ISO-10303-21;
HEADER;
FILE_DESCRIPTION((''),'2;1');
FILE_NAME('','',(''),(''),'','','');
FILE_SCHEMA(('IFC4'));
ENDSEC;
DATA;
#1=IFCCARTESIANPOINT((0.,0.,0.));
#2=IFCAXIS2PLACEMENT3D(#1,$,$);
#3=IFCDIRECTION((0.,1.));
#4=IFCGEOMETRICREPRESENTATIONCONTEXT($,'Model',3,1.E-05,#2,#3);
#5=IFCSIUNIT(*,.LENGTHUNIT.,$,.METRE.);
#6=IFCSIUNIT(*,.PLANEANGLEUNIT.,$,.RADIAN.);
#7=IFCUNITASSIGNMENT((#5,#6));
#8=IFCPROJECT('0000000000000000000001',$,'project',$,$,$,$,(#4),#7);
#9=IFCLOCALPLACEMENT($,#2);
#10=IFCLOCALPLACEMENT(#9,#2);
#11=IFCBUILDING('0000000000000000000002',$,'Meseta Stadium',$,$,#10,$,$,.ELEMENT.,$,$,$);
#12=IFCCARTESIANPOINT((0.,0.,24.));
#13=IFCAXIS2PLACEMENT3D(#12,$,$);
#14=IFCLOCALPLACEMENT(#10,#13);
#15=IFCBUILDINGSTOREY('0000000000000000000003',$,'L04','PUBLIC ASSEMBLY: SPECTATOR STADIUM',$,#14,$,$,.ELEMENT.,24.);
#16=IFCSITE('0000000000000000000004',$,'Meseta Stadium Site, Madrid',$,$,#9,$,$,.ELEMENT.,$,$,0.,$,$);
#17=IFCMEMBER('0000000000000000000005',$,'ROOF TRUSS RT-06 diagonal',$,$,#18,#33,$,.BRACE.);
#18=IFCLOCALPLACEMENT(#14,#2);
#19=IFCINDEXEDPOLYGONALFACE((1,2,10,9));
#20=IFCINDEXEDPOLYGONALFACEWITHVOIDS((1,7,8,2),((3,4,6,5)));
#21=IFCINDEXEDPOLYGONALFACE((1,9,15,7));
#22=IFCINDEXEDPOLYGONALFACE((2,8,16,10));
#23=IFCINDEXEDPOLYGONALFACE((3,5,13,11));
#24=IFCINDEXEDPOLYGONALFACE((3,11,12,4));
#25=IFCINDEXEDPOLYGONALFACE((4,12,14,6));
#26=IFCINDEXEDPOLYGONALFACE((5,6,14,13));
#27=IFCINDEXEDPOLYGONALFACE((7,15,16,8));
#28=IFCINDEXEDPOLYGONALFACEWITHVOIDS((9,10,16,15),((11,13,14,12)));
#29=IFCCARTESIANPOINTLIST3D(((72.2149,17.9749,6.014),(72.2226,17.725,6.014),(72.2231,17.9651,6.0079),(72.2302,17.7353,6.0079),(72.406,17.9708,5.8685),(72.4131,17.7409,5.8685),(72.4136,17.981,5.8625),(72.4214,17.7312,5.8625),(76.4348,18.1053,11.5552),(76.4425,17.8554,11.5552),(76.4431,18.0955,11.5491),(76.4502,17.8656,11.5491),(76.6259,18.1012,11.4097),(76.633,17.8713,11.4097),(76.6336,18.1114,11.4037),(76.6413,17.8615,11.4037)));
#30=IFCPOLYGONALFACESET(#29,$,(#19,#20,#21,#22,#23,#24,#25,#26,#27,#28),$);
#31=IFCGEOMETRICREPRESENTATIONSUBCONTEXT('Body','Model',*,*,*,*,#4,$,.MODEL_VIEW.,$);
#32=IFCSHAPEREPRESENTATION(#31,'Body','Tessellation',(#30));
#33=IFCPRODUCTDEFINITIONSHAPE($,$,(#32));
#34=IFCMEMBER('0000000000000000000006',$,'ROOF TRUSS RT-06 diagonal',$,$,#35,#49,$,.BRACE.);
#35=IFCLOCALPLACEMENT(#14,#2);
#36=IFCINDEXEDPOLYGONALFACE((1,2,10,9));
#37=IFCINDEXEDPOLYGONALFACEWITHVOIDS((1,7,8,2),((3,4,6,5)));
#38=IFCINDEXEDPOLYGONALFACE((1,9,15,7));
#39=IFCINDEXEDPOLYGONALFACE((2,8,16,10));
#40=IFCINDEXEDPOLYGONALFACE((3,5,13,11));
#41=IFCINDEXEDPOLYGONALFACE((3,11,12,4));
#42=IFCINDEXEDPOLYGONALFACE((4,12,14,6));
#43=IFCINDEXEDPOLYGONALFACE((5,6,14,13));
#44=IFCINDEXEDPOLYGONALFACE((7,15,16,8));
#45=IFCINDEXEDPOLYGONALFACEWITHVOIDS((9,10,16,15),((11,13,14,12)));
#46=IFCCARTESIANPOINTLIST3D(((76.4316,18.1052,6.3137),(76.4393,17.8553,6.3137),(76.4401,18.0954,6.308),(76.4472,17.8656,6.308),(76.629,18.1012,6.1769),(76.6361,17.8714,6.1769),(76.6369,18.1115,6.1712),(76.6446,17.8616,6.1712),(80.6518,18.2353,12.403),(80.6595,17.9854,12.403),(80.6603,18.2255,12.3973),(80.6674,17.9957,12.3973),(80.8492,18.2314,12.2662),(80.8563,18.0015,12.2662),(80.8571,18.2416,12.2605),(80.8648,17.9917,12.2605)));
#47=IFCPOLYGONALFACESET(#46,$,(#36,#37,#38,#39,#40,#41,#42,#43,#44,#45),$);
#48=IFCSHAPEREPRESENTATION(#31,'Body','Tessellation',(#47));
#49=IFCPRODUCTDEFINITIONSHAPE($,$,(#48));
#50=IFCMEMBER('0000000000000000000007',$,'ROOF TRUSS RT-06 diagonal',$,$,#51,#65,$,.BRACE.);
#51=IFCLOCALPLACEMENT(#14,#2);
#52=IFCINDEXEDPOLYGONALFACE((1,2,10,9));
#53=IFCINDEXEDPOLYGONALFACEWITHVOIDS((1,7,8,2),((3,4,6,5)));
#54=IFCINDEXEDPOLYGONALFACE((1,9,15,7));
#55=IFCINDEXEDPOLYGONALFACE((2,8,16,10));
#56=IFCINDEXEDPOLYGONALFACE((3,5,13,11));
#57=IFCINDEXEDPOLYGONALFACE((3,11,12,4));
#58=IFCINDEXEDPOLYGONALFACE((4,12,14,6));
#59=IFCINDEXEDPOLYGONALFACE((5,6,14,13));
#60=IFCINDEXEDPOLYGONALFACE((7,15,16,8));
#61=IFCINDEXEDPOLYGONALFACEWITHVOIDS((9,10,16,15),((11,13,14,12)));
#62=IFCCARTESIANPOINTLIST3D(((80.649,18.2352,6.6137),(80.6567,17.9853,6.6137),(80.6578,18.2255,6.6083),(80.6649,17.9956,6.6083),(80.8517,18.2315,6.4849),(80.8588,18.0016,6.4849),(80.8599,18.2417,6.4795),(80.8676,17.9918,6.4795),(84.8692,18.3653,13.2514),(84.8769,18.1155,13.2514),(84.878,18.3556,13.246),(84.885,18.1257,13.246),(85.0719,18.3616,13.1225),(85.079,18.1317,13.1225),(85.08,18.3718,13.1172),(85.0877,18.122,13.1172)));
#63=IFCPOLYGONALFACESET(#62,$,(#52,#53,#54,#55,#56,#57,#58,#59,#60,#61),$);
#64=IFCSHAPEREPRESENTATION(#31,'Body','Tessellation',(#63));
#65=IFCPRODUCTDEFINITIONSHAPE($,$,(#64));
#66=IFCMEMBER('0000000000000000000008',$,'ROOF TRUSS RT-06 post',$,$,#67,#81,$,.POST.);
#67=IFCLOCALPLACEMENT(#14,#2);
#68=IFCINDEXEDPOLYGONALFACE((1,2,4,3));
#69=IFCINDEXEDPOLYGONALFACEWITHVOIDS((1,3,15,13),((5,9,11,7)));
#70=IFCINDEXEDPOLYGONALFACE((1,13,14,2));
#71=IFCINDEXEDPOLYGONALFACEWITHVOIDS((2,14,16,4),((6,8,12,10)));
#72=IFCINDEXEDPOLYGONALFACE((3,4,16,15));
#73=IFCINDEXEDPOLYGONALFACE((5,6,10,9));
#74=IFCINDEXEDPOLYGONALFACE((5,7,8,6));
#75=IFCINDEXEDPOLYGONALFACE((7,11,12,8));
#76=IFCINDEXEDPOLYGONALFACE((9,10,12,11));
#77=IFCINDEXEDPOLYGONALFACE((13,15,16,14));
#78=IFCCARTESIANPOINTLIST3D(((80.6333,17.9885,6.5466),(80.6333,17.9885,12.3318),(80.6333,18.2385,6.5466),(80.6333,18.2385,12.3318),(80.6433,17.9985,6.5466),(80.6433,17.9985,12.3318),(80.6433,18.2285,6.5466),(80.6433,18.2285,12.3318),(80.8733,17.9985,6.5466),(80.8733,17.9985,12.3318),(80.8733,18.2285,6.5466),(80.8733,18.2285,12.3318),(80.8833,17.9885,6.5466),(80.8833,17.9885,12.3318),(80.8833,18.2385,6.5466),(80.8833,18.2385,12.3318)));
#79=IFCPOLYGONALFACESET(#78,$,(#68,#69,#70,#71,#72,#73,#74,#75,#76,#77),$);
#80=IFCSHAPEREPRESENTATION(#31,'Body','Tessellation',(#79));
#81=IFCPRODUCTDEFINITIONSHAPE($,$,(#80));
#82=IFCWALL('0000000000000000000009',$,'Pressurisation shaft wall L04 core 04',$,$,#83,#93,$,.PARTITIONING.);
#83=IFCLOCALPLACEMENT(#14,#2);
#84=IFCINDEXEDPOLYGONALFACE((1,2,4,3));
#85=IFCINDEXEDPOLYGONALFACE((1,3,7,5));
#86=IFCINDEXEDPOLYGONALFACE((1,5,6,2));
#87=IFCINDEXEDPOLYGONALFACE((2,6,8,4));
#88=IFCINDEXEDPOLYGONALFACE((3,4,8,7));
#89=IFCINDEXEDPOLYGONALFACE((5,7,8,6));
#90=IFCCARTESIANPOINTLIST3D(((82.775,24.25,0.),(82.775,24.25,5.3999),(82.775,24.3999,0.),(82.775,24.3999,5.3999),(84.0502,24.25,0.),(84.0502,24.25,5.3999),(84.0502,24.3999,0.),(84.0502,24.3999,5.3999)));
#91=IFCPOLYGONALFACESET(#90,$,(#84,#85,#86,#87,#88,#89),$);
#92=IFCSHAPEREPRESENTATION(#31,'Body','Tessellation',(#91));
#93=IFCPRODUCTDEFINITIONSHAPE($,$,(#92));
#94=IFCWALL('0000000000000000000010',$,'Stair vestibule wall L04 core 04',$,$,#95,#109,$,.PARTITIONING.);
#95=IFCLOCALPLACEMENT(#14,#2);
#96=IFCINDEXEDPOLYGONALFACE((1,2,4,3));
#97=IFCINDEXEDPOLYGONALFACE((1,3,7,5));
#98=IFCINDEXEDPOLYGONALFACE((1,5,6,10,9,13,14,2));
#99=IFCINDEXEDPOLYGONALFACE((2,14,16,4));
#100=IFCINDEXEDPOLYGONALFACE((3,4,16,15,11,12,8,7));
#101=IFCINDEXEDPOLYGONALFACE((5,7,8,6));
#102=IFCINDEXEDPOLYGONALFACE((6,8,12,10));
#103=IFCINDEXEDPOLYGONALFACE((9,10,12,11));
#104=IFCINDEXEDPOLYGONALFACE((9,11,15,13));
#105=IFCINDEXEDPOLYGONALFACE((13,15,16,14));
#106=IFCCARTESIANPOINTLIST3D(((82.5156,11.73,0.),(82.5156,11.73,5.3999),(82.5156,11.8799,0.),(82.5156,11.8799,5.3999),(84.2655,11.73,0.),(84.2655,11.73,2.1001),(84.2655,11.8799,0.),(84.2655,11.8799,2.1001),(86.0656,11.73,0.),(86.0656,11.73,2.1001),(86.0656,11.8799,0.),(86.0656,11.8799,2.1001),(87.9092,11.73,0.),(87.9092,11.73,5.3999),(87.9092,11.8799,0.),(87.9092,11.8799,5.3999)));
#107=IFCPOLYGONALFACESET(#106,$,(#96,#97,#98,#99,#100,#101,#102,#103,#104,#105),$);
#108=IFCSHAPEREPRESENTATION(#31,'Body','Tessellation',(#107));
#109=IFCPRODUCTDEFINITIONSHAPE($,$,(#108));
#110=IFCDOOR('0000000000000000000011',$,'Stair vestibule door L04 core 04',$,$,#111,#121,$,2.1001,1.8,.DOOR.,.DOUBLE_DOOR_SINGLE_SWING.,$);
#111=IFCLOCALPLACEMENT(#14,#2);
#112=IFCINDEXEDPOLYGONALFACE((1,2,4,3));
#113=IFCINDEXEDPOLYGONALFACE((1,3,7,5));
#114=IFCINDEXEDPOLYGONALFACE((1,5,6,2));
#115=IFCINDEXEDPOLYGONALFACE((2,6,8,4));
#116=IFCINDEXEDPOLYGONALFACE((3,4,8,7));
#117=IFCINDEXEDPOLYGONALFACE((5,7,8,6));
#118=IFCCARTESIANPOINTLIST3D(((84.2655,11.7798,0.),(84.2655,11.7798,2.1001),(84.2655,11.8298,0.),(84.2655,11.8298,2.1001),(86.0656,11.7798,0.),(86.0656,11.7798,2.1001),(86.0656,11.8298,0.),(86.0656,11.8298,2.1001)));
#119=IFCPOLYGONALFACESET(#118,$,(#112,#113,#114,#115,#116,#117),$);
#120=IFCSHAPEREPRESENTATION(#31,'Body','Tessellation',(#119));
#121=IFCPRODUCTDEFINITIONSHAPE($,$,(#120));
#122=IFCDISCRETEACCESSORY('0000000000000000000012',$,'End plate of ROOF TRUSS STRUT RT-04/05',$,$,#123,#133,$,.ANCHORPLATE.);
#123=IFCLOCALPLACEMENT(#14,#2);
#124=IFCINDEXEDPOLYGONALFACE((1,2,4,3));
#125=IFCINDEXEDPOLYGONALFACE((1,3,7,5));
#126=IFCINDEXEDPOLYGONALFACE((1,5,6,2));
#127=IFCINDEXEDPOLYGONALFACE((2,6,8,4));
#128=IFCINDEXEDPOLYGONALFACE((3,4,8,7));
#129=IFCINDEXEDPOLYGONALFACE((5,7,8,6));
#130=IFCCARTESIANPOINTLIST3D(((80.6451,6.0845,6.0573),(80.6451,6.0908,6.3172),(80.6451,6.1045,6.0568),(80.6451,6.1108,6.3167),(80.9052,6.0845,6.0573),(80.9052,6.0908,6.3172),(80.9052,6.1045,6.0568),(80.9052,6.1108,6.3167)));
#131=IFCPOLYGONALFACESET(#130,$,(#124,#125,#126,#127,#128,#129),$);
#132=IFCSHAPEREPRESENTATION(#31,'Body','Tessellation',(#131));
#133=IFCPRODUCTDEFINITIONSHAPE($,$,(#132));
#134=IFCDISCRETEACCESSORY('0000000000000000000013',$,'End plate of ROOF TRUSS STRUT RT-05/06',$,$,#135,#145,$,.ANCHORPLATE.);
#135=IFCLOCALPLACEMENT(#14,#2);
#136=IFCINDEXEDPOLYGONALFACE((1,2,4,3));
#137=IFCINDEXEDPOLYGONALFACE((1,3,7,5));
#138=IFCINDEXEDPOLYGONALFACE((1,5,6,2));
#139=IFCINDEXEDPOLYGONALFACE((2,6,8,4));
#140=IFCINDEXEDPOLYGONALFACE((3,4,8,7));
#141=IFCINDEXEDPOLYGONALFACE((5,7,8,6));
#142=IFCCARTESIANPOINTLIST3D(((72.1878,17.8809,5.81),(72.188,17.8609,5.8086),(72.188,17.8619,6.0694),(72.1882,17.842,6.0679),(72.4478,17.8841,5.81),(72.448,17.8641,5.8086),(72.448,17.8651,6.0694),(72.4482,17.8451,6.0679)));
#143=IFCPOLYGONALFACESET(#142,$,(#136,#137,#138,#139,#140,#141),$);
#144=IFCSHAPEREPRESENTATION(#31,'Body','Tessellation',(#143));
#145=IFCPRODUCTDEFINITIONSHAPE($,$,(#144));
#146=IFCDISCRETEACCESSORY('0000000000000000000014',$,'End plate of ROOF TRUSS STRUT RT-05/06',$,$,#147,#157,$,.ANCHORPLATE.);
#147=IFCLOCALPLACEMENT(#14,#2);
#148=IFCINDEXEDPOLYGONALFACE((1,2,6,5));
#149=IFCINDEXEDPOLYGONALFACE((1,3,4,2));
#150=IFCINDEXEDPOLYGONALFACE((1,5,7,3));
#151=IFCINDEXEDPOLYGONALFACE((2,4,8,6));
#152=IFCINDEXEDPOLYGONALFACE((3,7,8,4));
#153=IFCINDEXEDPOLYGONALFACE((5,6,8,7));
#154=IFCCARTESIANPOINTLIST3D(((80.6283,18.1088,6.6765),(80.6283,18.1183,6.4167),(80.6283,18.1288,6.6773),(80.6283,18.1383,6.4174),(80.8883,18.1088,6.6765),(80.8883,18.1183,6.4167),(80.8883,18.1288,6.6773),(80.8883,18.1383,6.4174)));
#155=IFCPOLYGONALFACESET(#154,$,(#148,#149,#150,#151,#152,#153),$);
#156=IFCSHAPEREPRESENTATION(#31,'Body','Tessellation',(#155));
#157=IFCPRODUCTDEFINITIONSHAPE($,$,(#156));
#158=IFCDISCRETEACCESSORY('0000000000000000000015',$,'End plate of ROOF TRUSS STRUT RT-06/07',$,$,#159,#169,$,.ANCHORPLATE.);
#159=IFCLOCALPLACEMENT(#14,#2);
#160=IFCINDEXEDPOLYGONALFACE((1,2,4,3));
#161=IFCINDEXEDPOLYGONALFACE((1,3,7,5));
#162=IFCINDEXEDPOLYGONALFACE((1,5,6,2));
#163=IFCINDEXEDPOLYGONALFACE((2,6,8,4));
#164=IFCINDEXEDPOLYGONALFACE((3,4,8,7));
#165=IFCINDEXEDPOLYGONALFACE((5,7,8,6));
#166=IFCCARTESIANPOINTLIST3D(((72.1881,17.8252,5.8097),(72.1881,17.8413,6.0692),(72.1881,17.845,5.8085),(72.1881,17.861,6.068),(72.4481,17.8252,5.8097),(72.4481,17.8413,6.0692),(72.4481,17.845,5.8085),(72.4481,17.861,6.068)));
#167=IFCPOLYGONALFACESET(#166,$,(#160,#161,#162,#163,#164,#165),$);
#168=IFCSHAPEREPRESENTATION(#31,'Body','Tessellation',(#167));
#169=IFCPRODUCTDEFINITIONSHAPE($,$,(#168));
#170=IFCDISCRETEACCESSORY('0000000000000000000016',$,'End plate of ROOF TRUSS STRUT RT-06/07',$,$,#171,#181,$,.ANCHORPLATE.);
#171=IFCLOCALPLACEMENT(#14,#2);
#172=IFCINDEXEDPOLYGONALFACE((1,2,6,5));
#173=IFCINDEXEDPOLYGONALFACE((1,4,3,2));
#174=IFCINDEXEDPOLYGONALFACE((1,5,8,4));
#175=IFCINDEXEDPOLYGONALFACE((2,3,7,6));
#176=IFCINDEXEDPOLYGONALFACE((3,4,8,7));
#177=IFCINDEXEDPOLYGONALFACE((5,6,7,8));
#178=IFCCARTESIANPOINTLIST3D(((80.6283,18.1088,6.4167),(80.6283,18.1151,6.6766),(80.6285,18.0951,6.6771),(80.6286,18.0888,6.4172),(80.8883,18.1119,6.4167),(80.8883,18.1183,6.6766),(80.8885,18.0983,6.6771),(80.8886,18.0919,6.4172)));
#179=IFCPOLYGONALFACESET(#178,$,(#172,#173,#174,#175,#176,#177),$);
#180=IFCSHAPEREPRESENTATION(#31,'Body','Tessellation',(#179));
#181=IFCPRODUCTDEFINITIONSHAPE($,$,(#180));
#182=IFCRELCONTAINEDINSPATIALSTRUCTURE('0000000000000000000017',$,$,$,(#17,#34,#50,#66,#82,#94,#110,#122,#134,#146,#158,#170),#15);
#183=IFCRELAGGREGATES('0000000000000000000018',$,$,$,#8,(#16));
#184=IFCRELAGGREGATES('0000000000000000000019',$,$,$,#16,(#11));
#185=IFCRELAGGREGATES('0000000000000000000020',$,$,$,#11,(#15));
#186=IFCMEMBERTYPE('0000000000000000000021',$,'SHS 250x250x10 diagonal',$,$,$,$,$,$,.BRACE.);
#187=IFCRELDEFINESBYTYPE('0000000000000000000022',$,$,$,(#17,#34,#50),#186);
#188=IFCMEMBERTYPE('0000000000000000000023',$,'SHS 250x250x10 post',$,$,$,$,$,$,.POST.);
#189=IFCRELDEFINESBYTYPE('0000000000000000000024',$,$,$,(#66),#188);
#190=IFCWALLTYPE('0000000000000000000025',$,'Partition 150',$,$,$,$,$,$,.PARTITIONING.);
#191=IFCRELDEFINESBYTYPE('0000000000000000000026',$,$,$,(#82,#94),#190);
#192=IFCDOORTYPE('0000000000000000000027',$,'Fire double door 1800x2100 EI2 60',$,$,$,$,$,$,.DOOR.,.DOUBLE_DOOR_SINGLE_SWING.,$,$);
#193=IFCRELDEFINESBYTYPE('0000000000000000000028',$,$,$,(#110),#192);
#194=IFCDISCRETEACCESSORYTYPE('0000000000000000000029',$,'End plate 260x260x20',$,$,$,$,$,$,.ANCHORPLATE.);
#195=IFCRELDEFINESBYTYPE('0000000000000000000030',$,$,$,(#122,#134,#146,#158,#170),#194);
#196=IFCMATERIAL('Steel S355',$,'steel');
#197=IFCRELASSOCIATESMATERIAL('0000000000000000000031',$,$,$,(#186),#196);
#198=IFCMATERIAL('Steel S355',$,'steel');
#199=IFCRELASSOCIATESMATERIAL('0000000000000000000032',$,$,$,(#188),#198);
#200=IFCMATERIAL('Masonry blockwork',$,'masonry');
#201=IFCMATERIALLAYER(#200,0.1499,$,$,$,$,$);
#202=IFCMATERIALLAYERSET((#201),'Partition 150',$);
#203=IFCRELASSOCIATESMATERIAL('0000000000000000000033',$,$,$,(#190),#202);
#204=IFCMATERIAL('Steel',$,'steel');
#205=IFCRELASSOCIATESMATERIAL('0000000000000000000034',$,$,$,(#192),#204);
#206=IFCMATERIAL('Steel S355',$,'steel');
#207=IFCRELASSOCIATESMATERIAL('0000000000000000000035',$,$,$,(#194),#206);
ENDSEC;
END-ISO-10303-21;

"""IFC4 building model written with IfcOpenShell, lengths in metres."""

from ifc_helpers import new_model, si_unit, direction, frame, frame_2d, origin, origin_2d, place, context, subcontext, project, spatial, rectangle, hollow_rectangle, extrude, material, layer, layer_set, material_profile, profile_set, type_object, element, fill, save


model = new_model("IFC4")

# Units and contexts
model_context = context("Model", 3, precision=1e-05, world=origin(), true_north=direction((0.0, 1.0)))
body_context = subcontext(model_context, "Body", "Model", "MODEL_VIEW")
ifc_project = project(units=[si_unit("LENGTHUNIT", "METRE"), si_unit("PLANEANGLEUNIT", "RADIAN")], contexts=[model_context])

# Site, building, storey
site_placement = place(None, origin())
site = spatial("IfcSite", under=ifc_project, at=site_placement, Name="Meseta Stadium Site, Madrid", CompositionType="ELEMENT", RefElevation=0.0)
building_placement = place(site_placement, origin())
building = spatial("IfcBuilding", under=site, at=building_placement, Name="Meseta Stadium", CompositionType="ELEMENT")
storey_placement = place(building_placement, frame((0.0, 0.0, 24.0)))
storey = spatial("IfcBuildingStorey", under=building, at=storey_placement, Name="L04", Description="PUBLIC ASSEMBLY: SPECTATOR STADIUM", CompositionType="ELEMENT", Elevation=24.0)

# Members
ifc_material_1 = material(Name="Steel S355", Category="steel")
ifc_material_profile_1 = material_profile(ifc_material_1, hollow_rectangle(XDim=0.25, YDim=0.25, WallThickness=0.01, at=origin_2d()), Name="SHS 250x250x10")
ifc_profile_set_1 = profile_set([ifc_material_profile_1], Name="Steel S355")
member_type_1 = type_object("IfcMemberType", Name="SHS 250x250x10 diagonal", PredefinedType="BRACE", material=ifc_profile_set_1)
member_1_placement = place(storey_placement, frame((72.3181, 17.853, 5.9382), z_axis=(0.605761, 0.018714, 0.795427), x_axis=(-0.030879, 0.999523, 0.0)))
element("IfcMember", 1, at=member_1_placement, inside=storey, type_object=member_type_1, Name="ROOF TRUSS RT-06 diagonal", PredefinedType="BRACE", context=body_context, shape_type="SweptSolid", body=[
    extrude(hollow_rectangle(XDim=0.25, YDim=0.25, WallThickness=0.01, at=origin_2d()), origin(), (0.0, 0.0, 1.0), 6.9663),
])
member_2_placement = place(storey_placement, frame((76.5381, 17.9834, 6.2424), z_axis=(0.569533, 0.017561, 0.821781), x_axis=(-0.03082, 0.999525, 0.0)))
element("IfcMember", 2, at=member_2_placement, inside=storey, type_object=member_type_1, Name="ROOF TRUSS RT-06 diagonal", PredefinedType="BRACE", context=body_context, shape_type="SweptSolid", body=[
    extrude(hollow_rectangle(XDim=0.25, YDim=0.25, WallThickness=0.01, at=origin_2d()), origin(), (0.0, 0.0, 1.0), 7.4099),
])
member_3_placement = place(storey_placement, frame((80.7583, 18.1135, 6.5466), z_axis=(0.536461, 0.016541, 0.843763), x_axis=(-0.03082, 0.999525, 0.0)))
element("IfcMember", 3, at=member_3_placement, inside=storey, type_object=member_type_1, Name="ROOF TRUSS RT-06 diagonal", PredefinedType="BRACE", context=body_context, shape_type="SweptSolid", body=[
    extrude(hollow_rectangle(XDim=0.25, YDim=0.25, WallThickness=0.01, at=origin_2d()), origin(), (0.0, 0.0, 1.0), 7.8667),
])
ifc_material_2 = material(Name="Steel S355", Category="steel")
ifc_material_profile_2 = material_profile(ifc_material_2, hollow_rectangle(XDim=0.25, YDim=0.25, WallThickness=0.01, at=origin_2d()), Name="SHS 250x250x10")
ifc_profile_set_2 = profile_set([ifc_material_profile_2], Name="Steel S355")
member_type_2 = type_object("IfcMemberType", Name="SHS 250x250x10 post", PredefinedType="POST", material=ifc_profile_set_2)
member_4_placement = place(storey_placement, frame((80.7583, 18.1135, 6.5466), z_axis=(0.0, 0.0, 1.0), x_axis=(1.0, 0.0, 0.0)))
element("IfcMember", 4, at=member_4_placement, inside=storey, type_object=member_type_2, Name="ROOF TRUSS RT-06 post", PredefinedType="POST", context=body_context, shape_type="SweptSolid", body=[
    extrude(hollow_rectangle(XDim=0.25, YDim=0.25, WallThickness=0.01, at=origin_2d()), origin(), (0.0, 0.0, 1.0), 5.7852),
])

# Wall
ifc_material_3 = material(Name="Masonry blockwork", Category="masonry")
ifc_layer = layer(ifc_material_3, 0.1499)
ifc_layer_set = layer_set([ifc_layer], Name="Partition 150")
wall_type = type_object("IfcWallType", Name="Partition 150", PredefinedType="PARTITIONING", material=ifc_layer_set)
wall_1_placement = place(storey_placement, frame((82.7749, 24.325, 0.0), z_axis=(0.0, 0.0, 1.0), x_axis=(1.0, 0.0, 0.0)))
element("IfcWall", 5, at=wall_1_placement, inside=storey, type_object=wall_type, Name="Pressurisation shaft wall L04 core 04", PredefinedType="PARTITIONING", context=body_context, shape_type="SweptSolid", body=[
    extrude(rectangle(XDim=1.2751, YDim=0.1499, at=frame_2d((0.6377, 0.0))), origin(), (0.0, 0.0, 1.0), 5.3999),
])

# Wall, opening, door
wall_2_placement = place(storey_placement, frame((82.5156, 11.8049, 0.0), z_axis=(0.0, 0.0, 1.0), x_axis=(1.0, 0.0, 0.0)))
wall_2 = element("IfcWall", 6, at=wall_2_placement, inside=storey, type_object=wall_type, Name="Stair vestibule wall L04 core 04", PredefinedType="PARTITIONING", context=body_context, shape_type="SweptSolid", body=[
    extrude(rectangle(XDim=5.3936, YDim=0.1499, at=frame_2d((2.6968, 0.0))), origin(), (0.0, 0.0, 1.0), 5.3999),
])
opening_placement = place(wall_2_placement, frame((1.75, 0.0, 0.0)))
opening = element("IfcOpeningElement", 7, at=opening_placement, cuts=wall_2, PredefinedType="OPENING", context=body_context, shape_type="SweptSolid", body=[
    extrude(rectangle(XDim=1.8, YDim=2.1001, at=frame_2d((0.8999, 1.05))), frame((0.0, 0.085, 0.0), z_axis=(0.0, -1.0, 0.0), x_axis=(1.0, 0.0, 0.0)), (0.0, 0.0, 1.0), 0.1699),
])
ifc_material_4 = material(Name="Steel", Category="steel")
door_type = type_object("IfcDoorType", Name="Fire double door 1800x2100 EI2 60", OperationType="DOUBLE_DOOR_SINGLE_SWING", PredefinedType="DOOR", material=ifc_material_4)
door_placement = place(opening_placement, origin())
door = element("IfcDoor", 8, at=door_placement, inside=storey, type_object=door_type, Name="Stair vestibule door L04 core 04", OperationType="DOUBLE_DOOR_SINGLE_SWING", OverallHeight=2.1001, OverallWidth=1.8, PredefinedType="DOOR", context=body_context, shape_type="SweptSolid", body=[
    extrude(rectangle(XDim=1.8, YDim=2.1001, at=frame_2d((0.8999, 1.05))), frame((0.0, 0.0249, 0.0), z_axis=(0.0, -1.0, 0.0), x_axis=(1.0, 0.0, 0.0)), (0.0, 0.0, 1.0), 0.05),
])
fill(opening, door)

# Discrete accessories
ifc_material_5 = material(Name="Steel S355", Category="steel")
ifc_material_profile_3 = material_profile(ifc_material_5, rectangle(XDim=0.26, YDim=0.26, at=origin_2d()), Name="PL 260x260")
ifc_profile_set_3 = profile_set([ifc_material_profile_3], Name="Steel S355")
discrete_accessory_type_1 = type_object("IfcDiscreteAccessoryType", Name="End plate 260x260x20", PredefinedType="ANCHORPLATE", material=ifc_profile_set_3)
for number, where, z_axis, x_axis, name in (
    (9, (80.7751, 6.0876, 6.1873), (0.0, 0.999703, -0.024383), (-1.0, 0.0, 0.0), "End plate of ROOF TRUSS STRUT RT-04/05"),
    (10, (72.3181, 17.853, 5.9382), (-0.012162, 0.99726, 0.07297), (-0.999926, -0.012194, 0.0), "End plate of ROOF TRUSS STRUT RT-05/06"),
    (11, (80.7583, 18.1135, 6.5466), (0.0, 0.999331, 0.036561), (-1.0, 0.0, 0.0), "End plate of ROOF TRUSS STRUT RT-05/06"),
):
    element("IfcDiscreteAccessory", number, at=place(storey_placement, frame(where, z_axis=z_axis, x_axis=x_axis)), inside=storey, type_object=discrete_accessory_type_1, Name=name, PredefinedType="ANCHORPLATE", context=body_context, shape_type="SweptSolid", body=[
        extrude(rectangle(XDim=0.26, YDim=0.26, at=origin_2d()), origin(), (0.0, 0.0, 1.0), 0.02),
    ])
discrete_accessory_1_placement = place(storey_placement, frame((72.3181, 17.8333, 5.9395), z_axis=(0.0, 0.9981, -0.061611), x_axis=(-1.0, 0.0, 0.0)))
element("IfcDiscreteAccessory", 12, at=discrete_accessory_1_placement, inside=storey, type_object=discrete_accessory_type_1, Name="End plate of ROOF TRUSS STRUT RT-06/07", PredefinedType="ANCHORPLATE", context=body_context, shape_type="SweptSolid", body=[
    extrude(rectangle(XDim=0.26, YDim=0.26, at=origin_2d()), origin(), (0.0, 0.0, 1.0), 0.0198),
])
discrete_accessory_2_placement = place(storey_placement, frame((80.7585, 18.0935, 6.5471), z_axis=(-0.012191, 0.999628, -0.024381), x_axis=(-0.999926, -0.012194, 0.0)))
element("IfcDiscreteAccessory", 13, at=discrete_accessory_2_placement, inside=storey, type_object=discrete_accessory_type_1, Name="End plate of ROOF TRUSS STRUT RT-06/07", PredefinedType="ANCHORPLATE", context=body_context, shape_type="SweptSolid", body=[
    extrude(rectangle(XDim=0.26, YDim=0.26, at=origin_2d()), origin(), (0.0, 0.0, 1.0), 0.02),
])

save(model, "model.ifc")
